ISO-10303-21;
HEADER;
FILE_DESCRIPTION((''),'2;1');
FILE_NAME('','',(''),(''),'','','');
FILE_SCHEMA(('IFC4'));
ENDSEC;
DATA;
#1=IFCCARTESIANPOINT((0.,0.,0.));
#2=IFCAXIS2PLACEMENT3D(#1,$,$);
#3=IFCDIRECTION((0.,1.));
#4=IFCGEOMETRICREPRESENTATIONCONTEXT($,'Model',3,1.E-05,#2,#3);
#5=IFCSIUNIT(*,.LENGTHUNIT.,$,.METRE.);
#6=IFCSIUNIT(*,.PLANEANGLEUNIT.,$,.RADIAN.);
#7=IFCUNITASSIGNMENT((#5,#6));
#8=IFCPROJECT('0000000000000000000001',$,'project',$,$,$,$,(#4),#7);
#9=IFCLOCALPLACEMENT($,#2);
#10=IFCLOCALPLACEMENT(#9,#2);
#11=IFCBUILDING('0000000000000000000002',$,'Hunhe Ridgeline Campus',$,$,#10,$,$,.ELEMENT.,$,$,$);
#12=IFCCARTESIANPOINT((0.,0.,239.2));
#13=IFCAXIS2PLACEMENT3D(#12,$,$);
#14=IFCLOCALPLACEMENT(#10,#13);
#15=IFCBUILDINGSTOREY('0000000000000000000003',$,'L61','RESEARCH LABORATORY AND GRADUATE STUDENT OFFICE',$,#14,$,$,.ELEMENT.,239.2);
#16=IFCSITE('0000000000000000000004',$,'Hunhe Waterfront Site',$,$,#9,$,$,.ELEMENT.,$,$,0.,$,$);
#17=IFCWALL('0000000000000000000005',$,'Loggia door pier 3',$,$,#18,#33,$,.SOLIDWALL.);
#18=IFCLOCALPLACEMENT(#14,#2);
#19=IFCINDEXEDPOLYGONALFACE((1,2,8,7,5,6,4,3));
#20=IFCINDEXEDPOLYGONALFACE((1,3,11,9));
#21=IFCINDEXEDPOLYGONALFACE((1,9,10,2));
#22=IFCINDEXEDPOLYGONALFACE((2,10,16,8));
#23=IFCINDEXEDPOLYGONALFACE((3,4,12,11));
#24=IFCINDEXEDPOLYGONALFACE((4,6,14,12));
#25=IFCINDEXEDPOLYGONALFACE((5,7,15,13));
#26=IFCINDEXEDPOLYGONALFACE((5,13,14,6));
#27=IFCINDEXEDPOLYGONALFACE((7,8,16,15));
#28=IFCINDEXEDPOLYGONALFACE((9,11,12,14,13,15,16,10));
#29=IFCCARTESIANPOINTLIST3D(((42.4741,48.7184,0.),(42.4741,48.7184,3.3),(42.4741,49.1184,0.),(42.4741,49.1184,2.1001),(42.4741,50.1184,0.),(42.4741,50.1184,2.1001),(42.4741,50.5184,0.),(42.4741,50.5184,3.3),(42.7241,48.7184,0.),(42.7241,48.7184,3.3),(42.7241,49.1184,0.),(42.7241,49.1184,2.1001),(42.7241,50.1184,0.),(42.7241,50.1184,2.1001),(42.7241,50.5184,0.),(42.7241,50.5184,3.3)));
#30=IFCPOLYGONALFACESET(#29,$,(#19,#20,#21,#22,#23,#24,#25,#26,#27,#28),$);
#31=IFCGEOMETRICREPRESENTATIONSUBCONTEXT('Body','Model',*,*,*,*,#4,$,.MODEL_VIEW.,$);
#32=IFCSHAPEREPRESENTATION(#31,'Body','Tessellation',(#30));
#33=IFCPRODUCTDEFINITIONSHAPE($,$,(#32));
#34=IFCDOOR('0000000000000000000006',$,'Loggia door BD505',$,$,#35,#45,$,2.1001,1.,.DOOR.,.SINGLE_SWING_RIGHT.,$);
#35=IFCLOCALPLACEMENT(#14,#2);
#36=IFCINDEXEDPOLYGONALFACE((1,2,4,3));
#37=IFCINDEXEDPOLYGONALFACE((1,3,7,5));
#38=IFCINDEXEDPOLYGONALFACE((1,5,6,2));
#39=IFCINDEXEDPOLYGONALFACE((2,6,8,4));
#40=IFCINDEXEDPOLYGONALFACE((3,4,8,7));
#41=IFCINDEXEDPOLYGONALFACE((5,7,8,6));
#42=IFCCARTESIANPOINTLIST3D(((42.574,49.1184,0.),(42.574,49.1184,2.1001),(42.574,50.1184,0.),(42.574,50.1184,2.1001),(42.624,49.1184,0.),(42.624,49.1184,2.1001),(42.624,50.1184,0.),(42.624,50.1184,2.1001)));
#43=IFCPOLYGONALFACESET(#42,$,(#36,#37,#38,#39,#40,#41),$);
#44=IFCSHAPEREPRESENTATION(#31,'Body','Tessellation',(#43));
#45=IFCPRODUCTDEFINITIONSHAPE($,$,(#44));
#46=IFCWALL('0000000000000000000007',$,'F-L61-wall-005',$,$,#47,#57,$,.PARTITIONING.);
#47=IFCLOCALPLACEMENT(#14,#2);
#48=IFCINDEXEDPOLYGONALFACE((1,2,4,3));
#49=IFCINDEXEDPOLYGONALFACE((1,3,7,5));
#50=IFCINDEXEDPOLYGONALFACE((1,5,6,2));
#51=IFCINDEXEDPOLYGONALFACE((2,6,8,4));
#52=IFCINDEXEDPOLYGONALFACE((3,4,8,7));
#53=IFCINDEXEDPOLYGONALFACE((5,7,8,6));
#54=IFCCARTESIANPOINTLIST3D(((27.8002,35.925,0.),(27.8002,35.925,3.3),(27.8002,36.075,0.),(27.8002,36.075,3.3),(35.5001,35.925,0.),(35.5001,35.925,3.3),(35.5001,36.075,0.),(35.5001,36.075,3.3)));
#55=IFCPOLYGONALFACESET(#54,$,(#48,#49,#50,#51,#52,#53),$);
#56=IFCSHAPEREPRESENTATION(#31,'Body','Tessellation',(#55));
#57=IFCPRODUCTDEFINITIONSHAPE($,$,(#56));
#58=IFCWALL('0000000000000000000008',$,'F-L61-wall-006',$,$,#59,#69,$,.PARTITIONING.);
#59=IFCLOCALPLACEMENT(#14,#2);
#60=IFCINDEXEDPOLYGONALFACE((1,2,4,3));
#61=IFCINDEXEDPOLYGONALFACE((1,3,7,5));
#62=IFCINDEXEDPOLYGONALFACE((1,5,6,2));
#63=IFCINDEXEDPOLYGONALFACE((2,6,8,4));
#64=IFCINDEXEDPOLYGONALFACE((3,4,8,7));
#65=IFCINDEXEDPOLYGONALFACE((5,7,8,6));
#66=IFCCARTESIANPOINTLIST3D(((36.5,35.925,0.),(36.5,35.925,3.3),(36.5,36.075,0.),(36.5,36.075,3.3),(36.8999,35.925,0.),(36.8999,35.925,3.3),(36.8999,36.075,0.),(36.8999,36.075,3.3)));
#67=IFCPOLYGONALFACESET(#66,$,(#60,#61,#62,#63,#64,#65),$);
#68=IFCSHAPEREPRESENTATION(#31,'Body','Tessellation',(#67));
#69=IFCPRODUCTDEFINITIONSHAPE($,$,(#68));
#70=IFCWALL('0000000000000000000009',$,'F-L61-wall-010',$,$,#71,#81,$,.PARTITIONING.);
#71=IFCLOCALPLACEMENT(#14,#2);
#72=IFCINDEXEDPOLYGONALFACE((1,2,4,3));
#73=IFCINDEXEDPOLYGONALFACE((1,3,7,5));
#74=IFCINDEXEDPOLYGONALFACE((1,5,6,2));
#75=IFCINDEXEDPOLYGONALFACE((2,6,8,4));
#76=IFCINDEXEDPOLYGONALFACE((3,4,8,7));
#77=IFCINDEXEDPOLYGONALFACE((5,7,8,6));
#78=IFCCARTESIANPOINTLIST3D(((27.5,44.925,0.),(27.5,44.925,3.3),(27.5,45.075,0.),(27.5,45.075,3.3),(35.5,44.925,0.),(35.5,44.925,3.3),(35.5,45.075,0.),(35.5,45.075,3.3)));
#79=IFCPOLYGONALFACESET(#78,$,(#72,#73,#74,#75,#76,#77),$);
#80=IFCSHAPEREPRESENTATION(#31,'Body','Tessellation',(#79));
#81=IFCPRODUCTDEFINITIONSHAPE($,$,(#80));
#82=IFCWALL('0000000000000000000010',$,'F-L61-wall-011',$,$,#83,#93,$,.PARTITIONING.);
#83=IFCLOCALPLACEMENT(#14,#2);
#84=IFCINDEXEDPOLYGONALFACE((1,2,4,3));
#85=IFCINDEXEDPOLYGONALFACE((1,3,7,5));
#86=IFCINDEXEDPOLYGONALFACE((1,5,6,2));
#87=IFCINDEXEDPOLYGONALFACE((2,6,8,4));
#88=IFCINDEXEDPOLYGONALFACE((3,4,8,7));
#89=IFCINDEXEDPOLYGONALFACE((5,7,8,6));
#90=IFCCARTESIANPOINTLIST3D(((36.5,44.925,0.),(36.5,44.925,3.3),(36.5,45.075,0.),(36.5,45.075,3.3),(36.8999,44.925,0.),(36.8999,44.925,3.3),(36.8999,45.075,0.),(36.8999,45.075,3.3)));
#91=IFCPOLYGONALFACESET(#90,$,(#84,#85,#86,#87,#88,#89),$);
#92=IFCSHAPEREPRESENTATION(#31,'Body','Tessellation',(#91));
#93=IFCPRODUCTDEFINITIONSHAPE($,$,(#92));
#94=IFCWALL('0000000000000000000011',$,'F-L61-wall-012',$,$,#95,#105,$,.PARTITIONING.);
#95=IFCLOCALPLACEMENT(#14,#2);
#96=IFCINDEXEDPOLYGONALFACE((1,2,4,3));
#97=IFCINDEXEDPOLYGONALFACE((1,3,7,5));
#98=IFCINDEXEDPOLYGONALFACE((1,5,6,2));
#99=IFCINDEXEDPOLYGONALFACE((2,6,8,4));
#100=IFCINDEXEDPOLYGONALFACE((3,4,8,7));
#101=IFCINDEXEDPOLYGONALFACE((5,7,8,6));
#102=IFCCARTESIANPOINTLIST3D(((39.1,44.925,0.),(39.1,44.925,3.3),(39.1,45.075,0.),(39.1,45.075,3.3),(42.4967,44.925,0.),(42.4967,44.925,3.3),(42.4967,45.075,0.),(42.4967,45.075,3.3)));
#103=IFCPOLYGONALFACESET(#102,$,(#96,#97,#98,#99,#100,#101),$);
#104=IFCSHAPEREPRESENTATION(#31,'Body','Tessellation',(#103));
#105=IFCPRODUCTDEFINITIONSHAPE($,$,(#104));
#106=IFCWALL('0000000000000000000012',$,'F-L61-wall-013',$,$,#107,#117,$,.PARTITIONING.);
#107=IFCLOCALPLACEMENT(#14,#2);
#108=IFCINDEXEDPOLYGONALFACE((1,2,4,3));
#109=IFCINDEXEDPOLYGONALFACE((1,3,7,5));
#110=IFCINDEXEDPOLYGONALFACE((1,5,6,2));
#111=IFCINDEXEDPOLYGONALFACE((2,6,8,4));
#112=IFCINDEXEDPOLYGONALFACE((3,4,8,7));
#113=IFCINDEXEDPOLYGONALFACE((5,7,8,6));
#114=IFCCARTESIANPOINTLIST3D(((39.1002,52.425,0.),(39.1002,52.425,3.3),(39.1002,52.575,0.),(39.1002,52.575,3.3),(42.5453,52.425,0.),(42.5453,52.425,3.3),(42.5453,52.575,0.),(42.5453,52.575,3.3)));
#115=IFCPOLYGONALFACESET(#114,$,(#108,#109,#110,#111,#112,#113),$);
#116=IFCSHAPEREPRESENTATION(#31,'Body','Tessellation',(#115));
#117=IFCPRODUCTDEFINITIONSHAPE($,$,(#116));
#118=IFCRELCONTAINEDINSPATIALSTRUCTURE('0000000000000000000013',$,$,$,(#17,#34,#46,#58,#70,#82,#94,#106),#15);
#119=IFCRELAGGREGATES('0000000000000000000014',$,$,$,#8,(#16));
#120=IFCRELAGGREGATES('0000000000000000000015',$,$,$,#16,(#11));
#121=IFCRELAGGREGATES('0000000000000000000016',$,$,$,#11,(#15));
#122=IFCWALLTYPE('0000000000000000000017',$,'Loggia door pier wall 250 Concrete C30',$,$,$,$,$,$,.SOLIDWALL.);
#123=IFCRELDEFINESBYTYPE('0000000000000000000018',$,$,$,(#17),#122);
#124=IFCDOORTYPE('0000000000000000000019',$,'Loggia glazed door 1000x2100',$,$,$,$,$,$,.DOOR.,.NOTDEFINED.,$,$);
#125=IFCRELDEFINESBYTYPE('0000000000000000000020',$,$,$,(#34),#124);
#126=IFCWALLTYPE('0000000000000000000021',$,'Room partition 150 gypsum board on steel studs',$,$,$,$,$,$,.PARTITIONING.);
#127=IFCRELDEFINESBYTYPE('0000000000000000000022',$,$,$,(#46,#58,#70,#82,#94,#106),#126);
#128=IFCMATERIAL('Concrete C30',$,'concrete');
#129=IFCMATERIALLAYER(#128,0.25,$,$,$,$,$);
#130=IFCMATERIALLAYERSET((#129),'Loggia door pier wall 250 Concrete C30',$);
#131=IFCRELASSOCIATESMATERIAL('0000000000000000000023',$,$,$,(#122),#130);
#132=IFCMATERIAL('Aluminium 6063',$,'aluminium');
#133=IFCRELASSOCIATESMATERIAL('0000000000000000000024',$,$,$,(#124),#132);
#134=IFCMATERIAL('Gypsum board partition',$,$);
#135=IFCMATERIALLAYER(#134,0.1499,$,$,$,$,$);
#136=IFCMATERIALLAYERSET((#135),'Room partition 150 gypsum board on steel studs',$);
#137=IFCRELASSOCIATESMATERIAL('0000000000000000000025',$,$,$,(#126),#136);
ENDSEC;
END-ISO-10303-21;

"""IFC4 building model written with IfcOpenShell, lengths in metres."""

from ifc_helpers import new_model, si_unit, direction, frame, frame_2d, origin, place, context, subcontext, project, spatial, rectangle, extrude, material, layer, layer_set, type_object, element, fill, save


model = new_model("IFC4")

# Units and contexts
model_context = context("Model", 3, precision=1e-05, world=origin(), true_north=direction((0.0, 1.0)))
body_context = subcontext(model_context, "Body", "Model", "MODEL_VIEW")
ifc_project = project(units=[si_unit("LENGTHUNIT", "METRE"), si_unit("PLANEANGLEUNIT", "RADIAN")], contexts=[model_context])

# Site, building, storey
site_placement = place(None, origin())
site = spatial("IfcSite", under=ifc_project, at=site_placement, Name="Hunhe Waterfront Site", CompositionType="ELEMENT", RefElevation=0.0)
building_placement = place(site_placement, origin())
building = spatial("IfcBuilding", under=site, at=building_placement, Name="Hunhe Ridgeline Campus", CompositionType="ELEMENT")
storey_placement = place(building_placement, frame((0.0, 0.0, 239.2)))
storey = spatial("IfcBuildingStorey", under=building, at=storey_placement, Name="L61", Description="RESEARCH LABORATORY AND GRADUATE STUDENT OFFICE", CompositionType="ELEMENT", Elevation=239.2)

# Shared definitions
ifc_material_1 = material(Name="Aluminium 6063", Category="aluminium")

# Wall, opening, door
ifc_material_2 = material(Name="Concrete C30", Category="concrete")
ifc_layer_1 = layer(ifc_material_2, 0.25)
ifc_layer_set_1 = layer_set([ifc_layer_1], Name="Loggia door pier wall 250 Concrete C30")
wall_type_1 = type_object("IfcWallType", Name="Loggia door pier wall 250 Concrete C30", PredefinedType="SOLIDWALL", material=ifc_layer_set_1)
wall_1_placement = place(storey_placement, frame((42.5991, 48.7185, 0.0), z_axis=(0.0, 0.0, 1.0), x_axis=(0.0, 1.0, 0.0)))
wall_1 = element("IfcWall", 1, at=wall_1_placement, inside=storey, type_object=wall_type_1, Name="Loggia door pier 3", PredefinedType="SOLIDWALL", context=body_context, shape_type="SweptSolid", body=[
    extrude(rectangle(XDim=1.8, YDim=0.25, at=frame_2d((0.8999, 0.0))), origin(), (0.0, 0.0, 1.0), 3.3),
])
opening_placement = place(wall_1_placement, frame((0.3999, 0.0, 0.0)))
opening = element("IfcOpeningElement", 2, at=opening_placement, cuts=wall_1, PredefinedType="OPENING", context=body_context, shape_type="SweptSolid", body=[
    extrude(rectangle(XDim=1.0, YDim=2.1001, at=frame_2d((0.5, 1.05))), frame((0.0, 0.125, 0.0), z_axis=(0.0, -1.0, 0.0), x_axis=(1.0, 0.0, 0.0)), (0.0, 0.0, 1.0), 0.25),
])
door_type = type_object("IfcDoorType", Name="Loggia glazed door 1000x2100", OperationType="NOTDEFINED", PredefinedType="DOOR", material=ifc_material_1)
door_placement = place(opening_placement, frame((1.0, 0.0, 0.0), z_axis=(0.0, 0.0, 1.0), x_axis=(-1.0, 0.0, 0.0)))
door = element("IfcDoor", 3, at=door_placement, inside=storey, type_object=door_type, Name="Loggia door BD505", OperationType="SINGLE_SWING_RIGHT", OverallHeight=2.1001, OverallWidth=1.0, PredefinedType="DOOR", context=body_context, shape_type="SweptSolid", body=[
    extrude(rectangle(XDim=1.0, YDim=2.1001, at=frame_2d((0.5, 1.05))), frame((0.0, 0.0249, 0.0), z_axis=(0.0, -1.0, 0.0), x_axis=(1.0, 0.0, 0.0)), (0.0, 0.0, 1.0), 0.05),
])
fill(opening, door)

# Walls
ifc_material_3 = material(Name="Gypsum board partition")
ifc_layer_2 = layer(ifc_material_3, 0.1499)
ifc_layer_set_2 = layer_set([ifc_layer_2], Name="Room partition 150 gypsum board on steel studs")
wall_type_2 = type_object("IfcWallType", Name="Room partition 150 gypsum board on steel studs", PredefinedType="PARTITIONING", material=ifc_layer_set_2)
wall_2_placement = place(storey_placement, frame((27.8, 36.0, 0.0), z_axis=(0.0, 0.0, 1.0), x_axis=(1.0, 0.0, 0.0)))
element("IfcWall", 4, at=wall_2_placement, inside=storey, type_object=wall_type_2, Name="F-L61-wall-005", PredefinedType="PARTITIONING", context=body_context, shape_type="SweptSolid", body=[
    extrude(rectangle(XDim=7.7, YDim=0.1499, at=frame_2d((3.8501, 0.0))), origin(), (0.0, 0.0, 1.0), 3.3),
])
wall_3_placement = place(storey_placement, frame((36.5, 36.0, 0.0), z_axis=(0.0, 0.0, 1.0), x_axis=(1.0, 0.0, 0.0)))
element("IfcWall", 5, at=wall_3_placement, inside=storey, type_object=wall_type_2, Name="F-L61-wall-006", PredefinedType="PARTITIONING", context=body_context, shape_type="SweptSolid", body=[
    extrude(rectangle(XDim=0.3999, YDim=0.1499, at=frame_2d((0.2, 0.0))), origin(), (0.0, 0.0, 1.0), 3.3),
])
wall_4_placement = place(storey_placement, frame((27.5, 45.0, 0.0), z_axis=(0.0, 0.0, 1.0), x_axis=(1.0, 0.0, 0.0)))
element("IfcWall", 6, at=wall_4_placement, inside=storey, type_object=wall_type_2, Name="F-L61-wall-010", PredefinedType="PARTITIONING", context=body_context, shape_type="SweptSolid", body=[
    extrude(rectangle(XDim=8.0, YDim=0.1499, at=frame_2d((4.0, 0.0))), origin(), (0.0, 0.0, 1.0), 3.3),
])
wall_5_placement = place(storey_placement, frame((36.5, 45.0, 0.0), z_axis=(0.0, 0.0, 1.0), x_axis=(1.0, 0.0, 0.0)))
element("IfcWall", 7, at=wall_5_placement, inside=storey, type_object=wall_type_2, Name="F-L61-wall-011", PredefinedType="PARTITIONING", context=body_context, shape_type="SweptSolid", body=[
    extrude(rectangle(XDim=0.3999, YDim=0.1499, at=frame_2d((0.2, 0.0))), origin(), (0.0, 0.0, 1.0), 3.3),
])
wall_6_placement = place(storey_placement, frame((39.1001, 45.0, 0.0), z_axis=(0.0, 0.0, 1.0), x_axis=(1.0, 0.0, 0.0)))
element("IfcWall", 8, at=wall_6_placement, inside=storey, type_object=wall_type_2, Name="F-L61-wall-012", PredefinedType="PARTITIONING", context=body_context, shape_type="SweptSolid", body=[
    extrude(rectangle(XDim=3.3967, YDim=0.1499, at=frame_2d((1.6982, 0.0))), origin(), (0.0, 0.0, 1.0), 3.3),
])
wall_7_placement = place(storey_placement, frame((39.1001, 52.5, 0.0), z_axis=(0.0, 0.0, 1.0), x_axis=(1.0, 0.0, 0.0)))
element("IfcWall", 9, at=wall_7_placement, inside=storey, type_object=wall_type_2, Name="F-L61-wall-013", PredefinedType="PARTITIONING", context=body_context, shape_type="SweptSolid", body=[
    extrude(rectangle(XDim=3.4451, YDim=0.1499, at=frame_2d((1.7227, 0.0))), origin(), (0.0, 0.0, 1.0), 3.3),
])

save(model, "model.ifc")
